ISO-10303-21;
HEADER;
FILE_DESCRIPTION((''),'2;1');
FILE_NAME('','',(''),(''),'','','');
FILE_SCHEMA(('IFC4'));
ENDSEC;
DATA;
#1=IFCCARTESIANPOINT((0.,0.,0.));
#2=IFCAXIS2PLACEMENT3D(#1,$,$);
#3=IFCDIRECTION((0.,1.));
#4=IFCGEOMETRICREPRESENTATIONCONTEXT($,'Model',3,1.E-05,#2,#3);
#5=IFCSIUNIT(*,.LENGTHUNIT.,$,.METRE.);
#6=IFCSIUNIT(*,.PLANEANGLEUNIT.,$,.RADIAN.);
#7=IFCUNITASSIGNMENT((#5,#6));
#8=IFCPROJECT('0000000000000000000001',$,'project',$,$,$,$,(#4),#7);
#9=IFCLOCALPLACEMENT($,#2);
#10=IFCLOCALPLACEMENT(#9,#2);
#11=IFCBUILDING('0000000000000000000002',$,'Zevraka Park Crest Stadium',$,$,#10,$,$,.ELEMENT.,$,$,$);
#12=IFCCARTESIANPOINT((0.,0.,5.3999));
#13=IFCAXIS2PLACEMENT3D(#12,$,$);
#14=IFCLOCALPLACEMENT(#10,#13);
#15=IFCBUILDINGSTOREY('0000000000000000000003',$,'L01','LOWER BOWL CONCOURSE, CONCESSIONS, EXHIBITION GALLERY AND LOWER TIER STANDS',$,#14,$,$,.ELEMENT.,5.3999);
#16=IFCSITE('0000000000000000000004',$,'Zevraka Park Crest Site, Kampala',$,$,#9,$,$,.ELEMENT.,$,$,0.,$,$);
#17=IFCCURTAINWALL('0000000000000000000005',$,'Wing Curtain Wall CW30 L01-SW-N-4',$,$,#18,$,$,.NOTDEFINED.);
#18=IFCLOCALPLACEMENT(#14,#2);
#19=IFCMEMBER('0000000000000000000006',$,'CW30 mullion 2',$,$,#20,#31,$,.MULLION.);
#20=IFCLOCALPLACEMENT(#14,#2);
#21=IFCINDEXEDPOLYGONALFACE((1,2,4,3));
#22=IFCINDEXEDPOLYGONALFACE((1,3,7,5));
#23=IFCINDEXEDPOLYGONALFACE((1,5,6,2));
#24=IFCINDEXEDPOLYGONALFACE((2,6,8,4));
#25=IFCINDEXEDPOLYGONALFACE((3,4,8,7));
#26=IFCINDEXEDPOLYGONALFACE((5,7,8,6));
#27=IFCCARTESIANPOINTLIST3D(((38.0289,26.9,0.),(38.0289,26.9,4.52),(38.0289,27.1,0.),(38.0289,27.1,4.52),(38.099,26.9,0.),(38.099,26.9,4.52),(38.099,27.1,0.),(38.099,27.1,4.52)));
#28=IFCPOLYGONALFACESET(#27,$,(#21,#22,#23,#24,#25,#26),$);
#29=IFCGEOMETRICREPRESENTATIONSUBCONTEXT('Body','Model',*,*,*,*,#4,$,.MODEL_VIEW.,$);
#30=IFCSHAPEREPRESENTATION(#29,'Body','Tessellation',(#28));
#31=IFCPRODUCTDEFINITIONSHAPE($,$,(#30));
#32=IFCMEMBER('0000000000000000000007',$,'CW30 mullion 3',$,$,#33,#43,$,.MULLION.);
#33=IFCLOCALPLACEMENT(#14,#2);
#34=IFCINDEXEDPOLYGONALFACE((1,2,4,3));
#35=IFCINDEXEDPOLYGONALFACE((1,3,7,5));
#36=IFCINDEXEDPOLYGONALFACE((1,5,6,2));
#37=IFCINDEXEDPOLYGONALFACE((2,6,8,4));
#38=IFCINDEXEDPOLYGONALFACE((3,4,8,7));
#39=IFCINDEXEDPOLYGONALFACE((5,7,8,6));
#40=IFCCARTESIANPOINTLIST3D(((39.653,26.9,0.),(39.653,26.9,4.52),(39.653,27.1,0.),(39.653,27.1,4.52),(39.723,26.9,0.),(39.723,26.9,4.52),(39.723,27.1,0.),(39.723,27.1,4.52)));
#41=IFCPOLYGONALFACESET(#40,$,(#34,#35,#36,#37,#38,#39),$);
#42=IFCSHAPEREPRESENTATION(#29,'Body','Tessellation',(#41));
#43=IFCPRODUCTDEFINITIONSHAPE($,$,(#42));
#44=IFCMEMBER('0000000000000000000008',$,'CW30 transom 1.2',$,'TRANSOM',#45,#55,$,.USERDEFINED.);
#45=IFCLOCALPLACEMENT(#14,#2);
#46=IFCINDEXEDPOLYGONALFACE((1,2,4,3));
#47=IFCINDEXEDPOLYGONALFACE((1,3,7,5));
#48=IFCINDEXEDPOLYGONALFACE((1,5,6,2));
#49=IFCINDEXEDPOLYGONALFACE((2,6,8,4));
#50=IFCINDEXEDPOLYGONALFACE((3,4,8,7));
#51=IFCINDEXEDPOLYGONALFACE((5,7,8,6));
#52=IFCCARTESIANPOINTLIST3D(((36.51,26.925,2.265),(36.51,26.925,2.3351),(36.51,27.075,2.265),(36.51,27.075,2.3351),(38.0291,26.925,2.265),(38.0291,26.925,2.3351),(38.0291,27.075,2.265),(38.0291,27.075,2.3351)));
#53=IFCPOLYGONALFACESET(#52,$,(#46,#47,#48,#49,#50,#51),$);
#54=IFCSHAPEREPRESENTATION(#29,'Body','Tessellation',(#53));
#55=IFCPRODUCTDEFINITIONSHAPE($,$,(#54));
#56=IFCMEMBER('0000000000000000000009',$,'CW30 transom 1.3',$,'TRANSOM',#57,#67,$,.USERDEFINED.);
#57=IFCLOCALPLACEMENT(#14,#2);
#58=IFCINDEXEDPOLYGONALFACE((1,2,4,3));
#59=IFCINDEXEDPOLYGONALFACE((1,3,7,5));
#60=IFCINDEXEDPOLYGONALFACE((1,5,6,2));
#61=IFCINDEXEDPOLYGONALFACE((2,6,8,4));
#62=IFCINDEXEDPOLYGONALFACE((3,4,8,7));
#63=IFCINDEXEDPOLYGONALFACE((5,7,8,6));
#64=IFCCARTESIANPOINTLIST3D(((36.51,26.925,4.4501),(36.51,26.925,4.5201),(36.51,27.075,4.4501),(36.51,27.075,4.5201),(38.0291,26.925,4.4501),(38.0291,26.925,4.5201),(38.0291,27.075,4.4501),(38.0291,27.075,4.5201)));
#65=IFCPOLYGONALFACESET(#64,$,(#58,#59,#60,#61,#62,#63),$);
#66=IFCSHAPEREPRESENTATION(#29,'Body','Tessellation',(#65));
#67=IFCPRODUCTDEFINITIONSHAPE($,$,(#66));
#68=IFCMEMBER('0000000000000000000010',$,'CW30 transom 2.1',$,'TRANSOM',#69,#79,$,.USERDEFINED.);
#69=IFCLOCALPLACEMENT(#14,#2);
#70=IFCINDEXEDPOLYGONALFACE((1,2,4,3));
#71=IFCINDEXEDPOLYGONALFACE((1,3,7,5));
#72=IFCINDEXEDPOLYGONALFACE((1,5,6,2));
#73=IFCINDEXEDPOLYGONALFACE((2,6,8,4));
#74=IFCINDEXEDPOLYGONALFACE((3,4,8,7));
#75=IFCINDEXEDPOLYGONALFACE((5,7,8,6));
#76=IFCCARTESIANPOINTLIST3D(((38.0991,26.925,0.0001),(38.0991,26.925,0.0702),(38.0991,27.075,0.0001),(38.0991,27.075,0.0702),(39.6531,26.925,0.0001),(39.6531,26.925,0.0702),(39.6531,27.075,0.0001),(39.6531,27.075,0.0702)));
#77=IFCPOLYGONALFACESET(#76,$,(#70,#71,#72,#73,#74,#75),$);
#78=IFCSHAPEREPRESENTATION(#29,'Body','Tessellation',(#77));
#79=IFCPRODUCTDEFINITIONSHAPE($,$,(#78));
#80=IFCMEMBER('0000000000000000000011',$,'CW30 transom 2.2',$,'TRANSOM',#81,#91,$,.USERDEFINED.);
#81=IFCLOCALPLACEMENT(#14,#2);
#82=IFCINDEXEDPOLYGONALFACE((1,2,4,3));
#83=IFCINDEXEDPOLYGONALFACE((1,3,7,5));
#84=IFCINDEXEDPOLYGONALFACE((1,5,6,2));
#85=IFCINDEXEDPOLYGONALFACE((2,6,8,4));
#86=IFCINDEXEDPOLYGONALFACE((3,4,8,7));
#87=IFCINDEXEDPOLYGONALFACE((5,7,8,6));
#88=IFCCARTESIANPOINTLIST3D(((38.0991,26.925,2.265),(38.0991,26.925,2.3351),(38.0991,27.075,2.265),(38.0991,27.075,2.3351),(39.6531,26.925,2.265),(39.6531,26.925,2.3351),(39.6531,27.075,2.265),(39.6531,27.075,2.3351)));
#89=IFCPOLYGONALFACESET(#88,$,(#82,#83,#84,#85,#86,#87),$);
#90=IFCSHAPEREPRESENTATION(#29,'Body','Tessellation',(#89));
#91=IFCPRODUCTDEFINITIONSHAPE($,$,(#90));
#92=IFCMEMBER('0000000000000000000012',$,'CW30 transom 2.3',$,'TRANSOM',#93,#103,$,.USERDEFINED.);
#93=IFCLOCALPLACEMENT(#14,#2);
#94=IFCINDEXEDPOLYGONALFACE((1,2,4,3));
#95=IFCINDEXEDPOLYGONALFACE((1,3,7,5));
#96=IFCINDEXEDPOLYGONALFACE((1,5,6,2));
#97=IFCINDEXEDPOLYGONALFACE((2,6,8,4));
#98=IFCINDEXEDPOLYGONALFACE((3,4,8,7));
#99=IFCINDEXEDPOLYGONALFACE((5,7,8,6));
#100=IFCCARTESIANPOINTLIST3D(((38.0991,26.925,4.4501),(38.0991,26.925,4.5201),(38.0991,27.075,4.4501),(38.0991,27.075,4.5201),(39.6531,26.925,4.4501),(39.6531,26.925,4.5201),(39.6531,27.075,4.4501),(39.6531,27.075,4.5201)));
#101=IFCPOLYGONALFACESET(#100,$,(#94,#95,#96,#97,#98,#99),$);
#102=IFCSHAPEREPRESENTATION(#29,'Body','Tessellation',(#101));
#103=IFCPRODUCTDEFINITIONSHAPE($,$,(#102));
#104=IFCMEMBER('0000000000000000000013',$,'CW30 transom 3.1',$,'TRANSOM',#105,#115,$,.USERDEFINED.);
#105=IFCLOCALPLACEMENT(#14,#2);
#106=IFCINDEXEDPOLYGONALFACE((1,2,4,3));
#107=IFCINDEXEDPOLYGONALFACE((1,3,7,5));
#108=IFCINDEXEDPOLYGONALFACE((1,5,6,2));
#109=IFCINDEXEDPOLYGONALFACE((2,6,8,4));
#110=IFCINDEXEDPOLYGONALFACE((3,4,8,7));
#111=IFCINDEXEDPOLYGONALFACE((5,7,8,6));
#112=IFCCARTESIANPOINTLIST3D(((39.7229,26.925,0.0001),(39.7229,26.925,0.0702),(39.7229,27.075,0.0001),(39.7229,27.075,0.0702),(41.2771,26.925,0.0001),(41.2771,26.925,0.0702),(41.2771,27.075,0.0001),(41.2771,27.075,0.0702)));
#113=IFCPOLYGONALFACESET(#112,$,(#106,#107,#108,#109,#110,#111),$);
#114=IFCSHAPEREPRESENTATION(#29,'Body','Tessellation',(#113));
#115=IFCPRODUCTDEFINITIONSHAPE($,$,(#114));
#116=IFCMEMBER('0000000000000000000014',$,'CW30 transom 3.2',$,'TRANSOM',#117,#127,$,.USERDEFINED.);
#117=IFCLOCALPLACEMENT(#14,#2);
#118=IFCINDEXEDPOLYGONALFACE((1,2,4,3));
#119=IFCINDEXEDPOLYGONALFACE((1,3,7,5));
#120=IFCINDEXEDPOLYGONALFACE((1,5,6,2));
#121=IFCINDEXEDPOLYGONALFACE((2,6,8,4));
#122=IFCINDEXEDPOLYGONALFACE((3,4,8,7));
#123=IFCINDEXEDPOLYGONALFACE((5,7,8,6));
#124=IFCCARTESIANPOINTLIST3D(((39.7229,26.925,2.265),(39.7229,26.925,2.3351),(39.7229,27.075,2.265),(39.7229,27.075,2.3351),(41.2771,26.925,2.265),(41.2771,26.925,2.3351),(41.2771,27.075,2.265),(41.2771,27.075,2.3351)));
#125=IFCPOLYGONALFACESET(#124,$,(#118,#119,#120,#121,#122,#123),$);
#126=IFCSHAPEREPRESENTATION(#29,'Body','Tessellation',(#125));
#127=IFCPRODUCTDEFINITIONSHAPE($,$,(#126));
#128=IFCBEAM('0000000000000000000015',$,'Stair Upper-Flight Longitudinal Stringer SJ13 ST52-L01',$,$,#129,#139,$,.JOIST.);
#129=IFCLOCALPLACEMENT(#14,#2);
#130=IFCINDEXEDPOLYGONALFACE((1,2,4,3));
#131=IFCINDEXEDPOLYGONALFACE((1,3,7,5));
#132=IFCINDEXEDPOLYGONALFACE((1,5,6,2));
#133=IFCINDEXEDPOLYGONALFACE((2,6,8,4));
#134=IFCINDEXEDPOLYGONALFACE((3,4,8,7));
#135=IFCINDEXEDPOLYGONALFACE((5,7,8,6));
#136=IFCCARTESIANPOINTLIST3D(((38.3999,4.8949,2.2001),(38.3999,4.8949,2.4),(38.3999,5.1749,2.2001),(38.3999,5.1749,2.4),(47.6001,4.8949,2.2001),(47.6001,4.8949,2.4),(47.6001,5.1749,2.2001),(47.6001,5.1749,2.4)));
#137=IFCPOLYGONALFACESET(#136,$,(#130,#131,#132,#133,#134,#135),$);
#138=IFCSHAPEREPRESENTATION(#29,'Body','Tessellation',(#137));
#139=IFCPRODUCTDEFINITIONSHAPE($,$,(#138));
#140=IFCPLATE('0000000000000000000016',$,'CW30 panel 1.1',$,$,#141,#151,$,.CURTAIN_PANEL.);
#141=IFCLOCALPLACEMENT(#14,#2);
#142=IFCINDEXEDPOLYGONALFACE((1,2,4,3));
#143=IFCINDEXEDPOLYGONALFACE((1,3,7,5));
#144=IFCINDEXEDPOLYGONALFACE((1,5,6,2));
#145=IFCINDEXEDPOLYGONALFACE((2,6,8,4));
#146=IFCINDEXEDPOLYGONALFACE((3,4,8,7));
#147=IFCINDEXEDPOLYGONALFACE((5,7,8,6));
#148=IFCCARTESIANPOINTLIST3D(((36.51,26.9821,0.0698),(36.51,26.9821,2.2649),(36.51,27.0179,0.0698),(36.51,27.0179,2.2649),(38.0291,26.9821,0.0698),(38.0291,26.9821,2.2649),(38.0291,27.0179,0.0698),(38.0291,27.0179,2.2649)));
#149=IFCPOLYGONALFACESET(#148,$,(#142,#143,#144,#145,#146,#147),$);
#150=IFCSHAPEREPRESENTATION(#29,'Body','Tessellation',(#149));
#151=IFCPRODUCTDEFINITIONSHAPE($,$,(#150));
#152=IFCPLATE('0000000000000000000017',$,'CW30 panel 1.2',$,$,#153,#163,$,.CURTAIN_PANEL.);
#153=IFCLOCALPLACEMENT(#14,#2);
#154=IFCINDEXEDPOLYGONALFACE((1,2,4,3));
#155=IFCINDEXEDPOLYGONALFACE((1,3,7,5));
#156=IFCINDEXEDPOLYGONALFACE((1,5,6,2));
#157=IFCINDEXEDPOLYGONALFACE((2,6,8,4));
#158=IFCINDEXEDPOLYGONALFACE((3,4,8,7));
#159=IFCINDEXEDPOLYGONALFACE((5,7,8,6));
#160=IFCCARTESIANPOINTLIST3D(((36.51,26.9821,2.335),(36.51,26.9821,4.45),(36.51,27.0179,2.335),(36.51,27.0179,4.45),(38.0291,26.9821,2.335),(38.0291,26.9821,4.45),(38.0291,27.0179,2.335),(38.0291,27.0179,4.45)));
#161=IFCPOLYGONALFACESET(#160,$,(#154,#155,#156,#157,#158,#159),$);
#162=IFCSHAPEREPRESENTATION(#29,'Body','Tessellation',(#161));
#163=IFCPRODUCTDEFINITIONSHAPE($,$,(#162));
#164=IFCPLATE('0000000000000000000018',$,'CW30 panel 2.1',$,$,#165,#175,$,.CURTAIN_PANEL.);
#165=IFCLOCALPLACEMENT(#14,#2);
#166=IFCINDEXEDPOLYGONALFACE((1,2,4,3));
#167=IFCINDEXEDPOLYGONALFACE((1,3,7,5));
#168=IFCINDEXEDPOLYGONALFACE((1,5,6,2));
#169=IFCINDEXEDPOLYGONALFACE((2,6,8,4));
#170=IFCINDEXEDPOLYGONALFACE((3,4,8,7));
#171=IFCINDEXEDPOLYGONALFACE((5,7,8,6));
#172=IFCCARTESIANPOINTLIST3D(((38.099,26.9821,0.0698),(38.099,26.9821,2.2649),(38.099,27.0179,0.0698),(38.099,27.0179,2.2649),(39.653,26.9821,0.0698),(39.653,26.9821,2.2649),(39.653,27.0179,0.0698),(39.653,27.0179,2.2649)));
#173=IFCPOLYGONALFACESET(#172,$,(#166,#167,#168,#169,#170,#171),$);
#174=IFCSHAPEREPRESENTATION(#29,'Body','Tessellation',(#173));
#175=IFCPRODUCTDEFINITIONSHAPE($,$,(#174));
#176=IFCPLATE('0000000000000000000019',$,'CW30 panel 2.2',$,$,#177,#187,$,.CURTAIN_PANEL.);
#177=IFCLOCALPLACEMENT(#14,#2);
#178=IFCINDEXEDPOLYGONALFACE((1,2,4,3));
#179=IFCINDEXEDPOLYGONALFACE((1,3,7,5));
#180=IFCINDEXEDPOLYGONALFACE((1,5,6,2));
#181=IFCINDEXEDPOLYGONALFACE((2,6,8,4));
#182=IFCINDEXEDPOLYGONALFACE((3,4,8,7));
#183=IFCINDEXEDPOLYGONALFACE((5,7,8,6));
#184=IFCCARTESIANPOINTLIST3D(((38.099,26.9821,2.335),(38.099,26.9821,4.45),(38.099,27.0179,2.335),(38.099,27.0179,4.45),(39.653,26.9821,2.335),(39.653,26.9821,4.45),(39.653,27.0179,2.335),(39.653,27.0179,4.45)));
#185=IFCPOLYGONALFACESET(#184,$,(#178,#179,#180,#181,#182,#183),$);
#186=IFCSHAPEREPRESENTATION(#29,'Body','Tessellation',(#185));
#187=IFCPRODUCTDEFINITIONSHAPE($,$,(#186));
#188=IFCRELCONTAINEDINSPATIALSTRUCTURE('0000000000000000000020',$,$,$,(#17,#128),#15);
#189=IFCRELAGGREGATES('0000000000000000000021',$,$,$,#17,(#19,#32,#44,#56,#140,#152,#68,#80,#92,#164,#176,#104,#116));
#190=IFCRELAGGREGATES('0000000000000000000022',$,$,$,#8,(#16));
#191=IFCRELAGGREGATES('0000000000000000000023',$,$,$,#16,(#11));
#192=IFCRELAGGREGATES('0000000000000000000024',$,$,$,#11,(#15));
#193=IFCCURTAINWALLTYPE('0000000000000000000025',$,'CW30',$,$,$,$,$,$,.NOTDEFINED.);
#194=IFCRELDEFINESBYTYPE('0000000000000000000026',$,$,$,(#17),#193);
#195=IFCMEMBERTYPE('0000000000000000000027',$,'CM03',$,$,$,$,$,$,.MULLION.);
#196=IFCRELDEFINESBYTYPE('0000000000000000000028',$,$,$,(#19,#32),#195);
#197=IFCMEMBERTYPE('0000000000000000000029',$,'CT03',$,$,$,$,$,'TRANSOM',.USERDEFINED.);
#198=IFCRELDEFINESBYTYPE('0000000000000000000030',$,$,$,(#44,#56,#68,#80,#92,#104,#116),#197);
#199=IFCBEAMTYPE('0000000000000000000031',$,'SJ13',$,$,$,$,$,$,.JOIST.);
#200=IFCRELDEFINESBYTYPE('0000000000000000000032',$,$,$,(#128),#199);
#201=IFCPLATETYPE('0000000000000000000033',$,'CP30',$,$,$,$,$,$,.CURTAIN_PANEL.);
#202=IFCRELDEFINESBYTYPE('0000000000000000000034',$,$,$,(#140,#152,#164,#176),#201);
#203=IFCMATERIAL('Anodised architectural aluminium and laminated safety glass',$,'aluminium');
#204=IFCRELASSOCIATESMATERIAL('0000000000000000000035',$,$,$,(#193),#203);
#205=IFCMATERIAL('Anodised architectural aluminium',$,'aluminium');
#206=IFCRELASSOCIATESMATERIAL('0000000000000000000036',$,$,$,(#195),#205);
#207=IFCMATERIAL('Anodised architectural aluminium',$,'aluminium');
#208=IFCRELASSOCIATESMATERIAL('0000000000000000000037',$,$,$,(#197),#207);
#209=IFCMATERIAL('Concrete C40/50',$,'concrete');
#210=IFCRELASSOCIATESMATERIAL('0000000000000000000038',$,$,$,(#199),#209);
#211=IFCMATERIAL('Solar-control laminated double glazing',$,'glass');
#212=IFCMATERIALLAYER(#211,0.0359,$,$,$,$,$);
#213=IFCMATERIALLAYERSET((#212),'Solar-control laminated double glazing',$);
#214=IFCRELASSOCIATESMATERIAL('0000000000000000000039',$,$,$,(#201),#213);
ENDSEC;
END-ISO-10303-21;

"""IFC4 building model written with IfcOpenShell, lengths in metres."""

from ifc_helpers import new_model, si_unit, direction, frame, origin, origin_2d, place, context, subcontext, project, spatial, rectangle, extrude, material, layer, layer_set, material_profile, profile_set, type_object, element, aggregate, save


model = new_model("IFC4")

# Units and contexts
model_context = context("Model", 3, precision=1e-05, world=origin(), true_north=direction((0.0, 1.0)))
body_context = subcontext(model_context, "Body", "Model", "MODEL_VIEW")
ifc_project = project(units=[si_unit("LENGTHUNIT", "METRE"), si_unit("PLANEANGLEUNIT", "RADIAN")], contexts=[model_context])

# Site, building, storey
site_placement = place(None, origin())
site = spatial("IfcSite", under=ifc_project, at=site_placement, Name="Zevraka Park Crest Site, Kampala", CompositionType="ELEMENT", RefElevation=0.0)
building_placement = place(site_placement, origin())
building = spatial("IfcBuilding", under=site, at=building_placement, Name="Zevraka Park Crest Stadium", CompositionType="ELEMENT")
storey_placement = place(building_placement, frame((0.0, 0.0, 5.3999)))
storey = spatial("IfcBuildingStorey", under=building, at=storey_placement, Name="L01", Description="LOWER BOWL CONCOURSE, CONCESSIONS, EXHIBITION GALLERY AND LOWER TIER STANDS", CompositionType="ELEMENT", Elevation=5.3999)

# Curtain wall, members
ifc_material_1 = material(Name="Anodised architectural aluminium and laminated safety glass", Category="aluminium")
curtain_wall_type = type_object("IfcCurtainWallType", Name="CW30", PredefinedType="NOTDEFINED", material=ifc_material_1)
curtain_wall_placement = place(storey_placement, origin())
curtain_wall = element("IfcCurtainWall", 1, at=curtain_wall_placement, inside=storey, type_object=curtain_wall_type, Name="Wing Curtain Wall CW30 L01-SW-N-4", PredefinedType="NOTDEFINED")
ifc_material_2 = material(Name="Anodised architectural aluminium", Category="aluminium")
ifc_material_profile_1 = material_profile(ifc_material_2, rectangle(XDim=0.2, YDim=0.0701, at=origin_2d()), Name="ALU MULLION 200x70")
ifc_profile_set_1 = profile_set([ifc_material_profile_1], Name="Anodised architectural aluminium")
member_type_1 = type_object("IfcMemberType", Name="CM03", PredefinedType="MULLION", material=ifc_profile_set_1)
member_1_placement = place(storey_placement, frame((38.064, 27.0, 0.0), z_axis=(0.0, 0.0, 1.0), x_axis=(0.0, 1.0, 0.0)))
member_1 = element("IfcMember", 2, at=member_1_placement, type_object=member_type_1, Name="CW30 mullion 2", PredefinedType="MULLION", context=body_context, shape_type="SweptSolid", body=[
    extrude(rectangle(XDim=0.2, YDim=0.0701, at=origin_2d()), origin(), (0.0, 0.0, 1.0), 4.52),
])
member_2_placement = place(storey_placement, frame((39.688, 27.0, 0.0), z_axis=(0.0, 0.0, 1.0), x_axis=(0.0, 1.0, 0.0)))
member_2 = element("IfcMember", 3, at=member_2_placement, type_object=member_type_1, Name="CW30 mullion 3", PredefinedType="MULLION", context=body_context, shape_type="SweptSolid", body=[
    extrude(rectangle(XDim=0.2, YDim=0.0701, at=origin_2d()), origin(), (0.0, 0.0, 1.0), 4.52),
])
ifc_material_3 = material(Name="Anodised architectural aluminium", Category="aluminium")
ifc_material_profile_2 = material_profile(ifc_material_3, rectangle(XDim=0.1499, YDim=0.0701, at=origin_2d()), Name="ALU TRANSOM 150x70")
ifc_profile_set_2 = profile_set([ifc_material_profile_2], Name="Anodised architectural aluminium")
member_type_2 = type_object("IfcMemberType", Name="CT03", ElementType="TRANSOM", PredefinedType="USERDEFINED", material=ifc_profile_set_2)
member_3_placement = place(storey_placement, frame((36.51, 27.0, 2.3), z_axis=(1.0, 0.0, 0.0), x_axis=(0.0, 1.0, 0.0)))
member_3 = element("IfcMember", 4, at=member_3_placement, type_object=member_type_2, Name="CW30 transom 1.2", ObjectType="TRANSOM", PredefinedType="USERDEFINED", context=body_context, shape_type="SweptSolid", body=[
    extrude(rectangle(XDim=0.1499, YDim=0.0701, at=origin_2d()), origin(), (0.0, 0.0, 1.0), 1.519),
])
member_4_placement = place(storey_placement, frame((36.51, 27.0, 4.4851), z_axis=(1.0, 0.0, 0.0), x_axis=(0.0, 1.0, 0.0)))
member_4 = element("IfcMember", 5, at=member_4_placement, type_object=member_type_2, Name="CW30 transom 1.3", ObjectType="TRANSOM", PredefinedType="USERDEFINED", context=body_context, shape_type="SweptSolid", body=[
    extrude(rectangle(XDim=0.1499, YDim=0.0701, at=origin_2d()), origin(), (0.0, 0.0, 1.0), 1.519),
])
member_5_placement = place(storey_placement, frame((38.0991, 27.0, 0.0352), z_axis=(1.0, 0.0, 0.0), x_axis=(0.0, 1.0, 0.0)))
member_5 = element("IfcMember", 6, at=member_5_placement, type_object=member_type_2, Name="CW30 transom 2.1", ObjectType="TRANSOM", PredefinedType="USERDEFINED", context=body_context, shape_type="SweptSolid", body=[
    extrude(rectangle(XDim=0.1499, YDim=0.0701, at=origin_2d()), origin(), (0.0, 0.0, 1.0), 1.554),
])
member_6_placement = place(storey_placement, frame((38.0991, 27.0, 2.3), z_axis=(1.0, 0.0, 0.0), x_axis=(0.0, 1.0, 0.0)))
member_6 = element("IfcMember", 7, at=member_6_placement, type_object=member_type_2, Name="CW30 transom 2.2", ObjectType="TRANSOM", PredefinedType="USERDEFINED", context=body_context, shape_type="SweptSolid", body=[
    extrude(rectangle(XDim=0.1499, YDim=0.0701, at=origin_2d()), origin(), (0.0, 0.0, 1.0), 1.554),
])
member_7_placement = place(storey_placement, frame((38.0991, 27.0, 4.4851), z_axis=(1.0, 0.0, 0.0), x_axis=(0.0, 1.0, 0.0)))
member_7 = element("IfcMember", 8, at=member_7_placement, type_object=member_type_2, Name="CW30 transom 2.3", ObjectType="TRANSOM", PredefinedType="USERDEFINED", context=body_context, shape_type="SweptSolid", body=[
    extrude(rectangle(XDim=0.1499, YDim=0.0701, at=origin_2d()), origin(), (0.0, 0.0, 1.0), 1.554),
])
member_8_placement = place(storey_placement, frame((39.7229, 27.0, 0.0352), z_axis=(1.0, 0.0, 0.0), x_axis=(0.0, 1.0, 0.0)))
member_8 = element("IfcMember", 9, at=member_8_placement, type_object=member_type_2, Name="CW30 transom 3.1", ObjectType="TRANSOM", PredefinedType="USERDEFINED", context=body_context, shape_type="SweptSolid", body=[
    extrude(rectangle(XDim=0.1499, YDim=0.0701, at=origin_2d()), origin(), (0.0, 0.0, 1.0), 1.5542),
])
member_9_placement = place(storey_placement, frame((39.7229, 27.0, 2.3), z_axis=(1.0, 0.0, 0.0), x_axis=(0.0, 1.0, 0.0)))
member_9 = element("IfcMember", 10, at=member_9_placement, type_object=member_type_2, Name="CW30 transom 3.2", ObjectType="TRANSOM", PredefinedType="USERDEFINED", context=body_context, shape_type="SweptSolid", body=[
    extrude(rectangle(XDim=0.1499, YDim=0.0701, at=origin_2d()), origin(), (0.0, 0.0, 1.0), 1.5542),
])

# Beam
ifc_material_4 = material(Name="Concrete C40/50", Category="concrete")
ifc_material_profile_3 = material_profile(ifc_material_4, rectangle(XDim=0.28, YDim=0.2, at=origin_2d()), Name="RC 200x280")
ifc_profile_set_3 = profile_set([ifc_material_profile_3], Name="Concrete C40/50")
beam_type = type_object("IfcBeamType", Name="SJ13", PredefinedType="JOIST", material=ifc_profile_set_3)
beam_placement = place(storey_placement, frame((38.3999, 5.0349, 2.3), z_axis=(1.0, 0.0, 0.0), x_axis=(0.0, 1.0, 0.0)))
element("IfcBeam", 11, at=beam_placement, inside=storey, type_object=beam_type, Name="Stair Upper-Flight Longitudinal Stringer SJ13 ST52-L01", PredefinedType="JOIST", context=body_context, shape_type="SweptSolid", body=[
    extrude(rectangle(XDim=0.28, YDim=0.2, at=origin_2d()), origin(), (0.0, 0.0, 1.0), 9.2002),
])

# Plates
ifc_material_5 = material(Name="Solar-control laminated double glazing", Category="glass")
ifc_layer_1 = layer(ifc_material_5, 0.0359)
ifc_layer_set_1 = layer_set([ifc_layer_1], Name="Solar-control laminated double glazing")
plate_type = type_object("IfcPlateType", Name="CP30", PredefinedType="CURTAIN_PANEL", material=ifc_layer_set_1)
plate_1_placement = place(storey_placement, frame((37.2695, 27.0, 0.0698), z_axis=(0.0, 0.0, 1.0), x_axis=(1.0, 0.0, 0.0)))
plate_1 = element("IfcPlate", 12, at=plate_1_placement, type_object=plate_type, Name="CW30 panel 1.1", PredefinedType="CURTAIN_PANEL", context=body_context, shape_type="SweptSolid", body=[
    extrude(rectangle(XDim=1.519, YDim=0.0359, at=origin_2d()), origin(), (0.0, 0.0, 1.0), 2.1951),
])
plate_2_placement = place(storey_placement, frame((37.2695, 27.0, 2.335), z_axis=(0.0, 0.0, 1.0), x_axis=(1.0, 0.0, 0.0)))
plate_2 = element("IfcPlate", 13, at=plate_2_placement, type_object=plate_type, Name="CW30 panel 1.2", PredefinedType="CURTAIN_PANEL", context=body_context, shape_type="SweptSolid", body=[
    extrude(rectangle(XDim=1.519, YDim=0.0359, at=origin_2d()), origin(), (0.0, 0.0, 1.0), 2.115),
])
plate_3_placement = place(storey_placement, frame((38.876, 27.0, 0.0698), z_axis=(0.0, 0.0, 1.0), x_axis=(1.0, 0.0, 0.0)))
plate_3 = element("IfcPlate", 14, at=plate_3_placement, type_object=plate_type, Name="CW30 panel 2.1", PredefinedType="CURTAIN_PANEL", context=body_context, shape_type="SweptSolid", body=[
    extrude(rectangle(XDim=1.554, YDim=0.0359, at=origin_2d()), origin(), (0.0, 0.0, 1.0), 2.1951),
])
plate_4_placement = place(storey_placement, frame((38.876, 27.0, 2.335), z_axis=(0.0, 0.0, 1.0), x_axis=(1.0, 0.0, 0.0)))
plate_4 = element("IfcPlate", 15, at=plate_4_placement, type_object=plate_type, Name="CW30 panel 2.2", PredefinedType="CURTAIN_PANEL", context=body_context, shape_type="SweptSolid", body=[
    extrude(rectangle(XDim=1.554, YDim=0.0359, at=origin_2d()), origin(), (0.0, 0.0, 1.0), 2.115),
])
aggregate(curtain_wall, [member_1, member_2, member_3, member_4, plate_1, plate_2, member_5, member_6, member_7, plate_3, plate_4, member_8, member_9])

save(model, "model.ifc")
